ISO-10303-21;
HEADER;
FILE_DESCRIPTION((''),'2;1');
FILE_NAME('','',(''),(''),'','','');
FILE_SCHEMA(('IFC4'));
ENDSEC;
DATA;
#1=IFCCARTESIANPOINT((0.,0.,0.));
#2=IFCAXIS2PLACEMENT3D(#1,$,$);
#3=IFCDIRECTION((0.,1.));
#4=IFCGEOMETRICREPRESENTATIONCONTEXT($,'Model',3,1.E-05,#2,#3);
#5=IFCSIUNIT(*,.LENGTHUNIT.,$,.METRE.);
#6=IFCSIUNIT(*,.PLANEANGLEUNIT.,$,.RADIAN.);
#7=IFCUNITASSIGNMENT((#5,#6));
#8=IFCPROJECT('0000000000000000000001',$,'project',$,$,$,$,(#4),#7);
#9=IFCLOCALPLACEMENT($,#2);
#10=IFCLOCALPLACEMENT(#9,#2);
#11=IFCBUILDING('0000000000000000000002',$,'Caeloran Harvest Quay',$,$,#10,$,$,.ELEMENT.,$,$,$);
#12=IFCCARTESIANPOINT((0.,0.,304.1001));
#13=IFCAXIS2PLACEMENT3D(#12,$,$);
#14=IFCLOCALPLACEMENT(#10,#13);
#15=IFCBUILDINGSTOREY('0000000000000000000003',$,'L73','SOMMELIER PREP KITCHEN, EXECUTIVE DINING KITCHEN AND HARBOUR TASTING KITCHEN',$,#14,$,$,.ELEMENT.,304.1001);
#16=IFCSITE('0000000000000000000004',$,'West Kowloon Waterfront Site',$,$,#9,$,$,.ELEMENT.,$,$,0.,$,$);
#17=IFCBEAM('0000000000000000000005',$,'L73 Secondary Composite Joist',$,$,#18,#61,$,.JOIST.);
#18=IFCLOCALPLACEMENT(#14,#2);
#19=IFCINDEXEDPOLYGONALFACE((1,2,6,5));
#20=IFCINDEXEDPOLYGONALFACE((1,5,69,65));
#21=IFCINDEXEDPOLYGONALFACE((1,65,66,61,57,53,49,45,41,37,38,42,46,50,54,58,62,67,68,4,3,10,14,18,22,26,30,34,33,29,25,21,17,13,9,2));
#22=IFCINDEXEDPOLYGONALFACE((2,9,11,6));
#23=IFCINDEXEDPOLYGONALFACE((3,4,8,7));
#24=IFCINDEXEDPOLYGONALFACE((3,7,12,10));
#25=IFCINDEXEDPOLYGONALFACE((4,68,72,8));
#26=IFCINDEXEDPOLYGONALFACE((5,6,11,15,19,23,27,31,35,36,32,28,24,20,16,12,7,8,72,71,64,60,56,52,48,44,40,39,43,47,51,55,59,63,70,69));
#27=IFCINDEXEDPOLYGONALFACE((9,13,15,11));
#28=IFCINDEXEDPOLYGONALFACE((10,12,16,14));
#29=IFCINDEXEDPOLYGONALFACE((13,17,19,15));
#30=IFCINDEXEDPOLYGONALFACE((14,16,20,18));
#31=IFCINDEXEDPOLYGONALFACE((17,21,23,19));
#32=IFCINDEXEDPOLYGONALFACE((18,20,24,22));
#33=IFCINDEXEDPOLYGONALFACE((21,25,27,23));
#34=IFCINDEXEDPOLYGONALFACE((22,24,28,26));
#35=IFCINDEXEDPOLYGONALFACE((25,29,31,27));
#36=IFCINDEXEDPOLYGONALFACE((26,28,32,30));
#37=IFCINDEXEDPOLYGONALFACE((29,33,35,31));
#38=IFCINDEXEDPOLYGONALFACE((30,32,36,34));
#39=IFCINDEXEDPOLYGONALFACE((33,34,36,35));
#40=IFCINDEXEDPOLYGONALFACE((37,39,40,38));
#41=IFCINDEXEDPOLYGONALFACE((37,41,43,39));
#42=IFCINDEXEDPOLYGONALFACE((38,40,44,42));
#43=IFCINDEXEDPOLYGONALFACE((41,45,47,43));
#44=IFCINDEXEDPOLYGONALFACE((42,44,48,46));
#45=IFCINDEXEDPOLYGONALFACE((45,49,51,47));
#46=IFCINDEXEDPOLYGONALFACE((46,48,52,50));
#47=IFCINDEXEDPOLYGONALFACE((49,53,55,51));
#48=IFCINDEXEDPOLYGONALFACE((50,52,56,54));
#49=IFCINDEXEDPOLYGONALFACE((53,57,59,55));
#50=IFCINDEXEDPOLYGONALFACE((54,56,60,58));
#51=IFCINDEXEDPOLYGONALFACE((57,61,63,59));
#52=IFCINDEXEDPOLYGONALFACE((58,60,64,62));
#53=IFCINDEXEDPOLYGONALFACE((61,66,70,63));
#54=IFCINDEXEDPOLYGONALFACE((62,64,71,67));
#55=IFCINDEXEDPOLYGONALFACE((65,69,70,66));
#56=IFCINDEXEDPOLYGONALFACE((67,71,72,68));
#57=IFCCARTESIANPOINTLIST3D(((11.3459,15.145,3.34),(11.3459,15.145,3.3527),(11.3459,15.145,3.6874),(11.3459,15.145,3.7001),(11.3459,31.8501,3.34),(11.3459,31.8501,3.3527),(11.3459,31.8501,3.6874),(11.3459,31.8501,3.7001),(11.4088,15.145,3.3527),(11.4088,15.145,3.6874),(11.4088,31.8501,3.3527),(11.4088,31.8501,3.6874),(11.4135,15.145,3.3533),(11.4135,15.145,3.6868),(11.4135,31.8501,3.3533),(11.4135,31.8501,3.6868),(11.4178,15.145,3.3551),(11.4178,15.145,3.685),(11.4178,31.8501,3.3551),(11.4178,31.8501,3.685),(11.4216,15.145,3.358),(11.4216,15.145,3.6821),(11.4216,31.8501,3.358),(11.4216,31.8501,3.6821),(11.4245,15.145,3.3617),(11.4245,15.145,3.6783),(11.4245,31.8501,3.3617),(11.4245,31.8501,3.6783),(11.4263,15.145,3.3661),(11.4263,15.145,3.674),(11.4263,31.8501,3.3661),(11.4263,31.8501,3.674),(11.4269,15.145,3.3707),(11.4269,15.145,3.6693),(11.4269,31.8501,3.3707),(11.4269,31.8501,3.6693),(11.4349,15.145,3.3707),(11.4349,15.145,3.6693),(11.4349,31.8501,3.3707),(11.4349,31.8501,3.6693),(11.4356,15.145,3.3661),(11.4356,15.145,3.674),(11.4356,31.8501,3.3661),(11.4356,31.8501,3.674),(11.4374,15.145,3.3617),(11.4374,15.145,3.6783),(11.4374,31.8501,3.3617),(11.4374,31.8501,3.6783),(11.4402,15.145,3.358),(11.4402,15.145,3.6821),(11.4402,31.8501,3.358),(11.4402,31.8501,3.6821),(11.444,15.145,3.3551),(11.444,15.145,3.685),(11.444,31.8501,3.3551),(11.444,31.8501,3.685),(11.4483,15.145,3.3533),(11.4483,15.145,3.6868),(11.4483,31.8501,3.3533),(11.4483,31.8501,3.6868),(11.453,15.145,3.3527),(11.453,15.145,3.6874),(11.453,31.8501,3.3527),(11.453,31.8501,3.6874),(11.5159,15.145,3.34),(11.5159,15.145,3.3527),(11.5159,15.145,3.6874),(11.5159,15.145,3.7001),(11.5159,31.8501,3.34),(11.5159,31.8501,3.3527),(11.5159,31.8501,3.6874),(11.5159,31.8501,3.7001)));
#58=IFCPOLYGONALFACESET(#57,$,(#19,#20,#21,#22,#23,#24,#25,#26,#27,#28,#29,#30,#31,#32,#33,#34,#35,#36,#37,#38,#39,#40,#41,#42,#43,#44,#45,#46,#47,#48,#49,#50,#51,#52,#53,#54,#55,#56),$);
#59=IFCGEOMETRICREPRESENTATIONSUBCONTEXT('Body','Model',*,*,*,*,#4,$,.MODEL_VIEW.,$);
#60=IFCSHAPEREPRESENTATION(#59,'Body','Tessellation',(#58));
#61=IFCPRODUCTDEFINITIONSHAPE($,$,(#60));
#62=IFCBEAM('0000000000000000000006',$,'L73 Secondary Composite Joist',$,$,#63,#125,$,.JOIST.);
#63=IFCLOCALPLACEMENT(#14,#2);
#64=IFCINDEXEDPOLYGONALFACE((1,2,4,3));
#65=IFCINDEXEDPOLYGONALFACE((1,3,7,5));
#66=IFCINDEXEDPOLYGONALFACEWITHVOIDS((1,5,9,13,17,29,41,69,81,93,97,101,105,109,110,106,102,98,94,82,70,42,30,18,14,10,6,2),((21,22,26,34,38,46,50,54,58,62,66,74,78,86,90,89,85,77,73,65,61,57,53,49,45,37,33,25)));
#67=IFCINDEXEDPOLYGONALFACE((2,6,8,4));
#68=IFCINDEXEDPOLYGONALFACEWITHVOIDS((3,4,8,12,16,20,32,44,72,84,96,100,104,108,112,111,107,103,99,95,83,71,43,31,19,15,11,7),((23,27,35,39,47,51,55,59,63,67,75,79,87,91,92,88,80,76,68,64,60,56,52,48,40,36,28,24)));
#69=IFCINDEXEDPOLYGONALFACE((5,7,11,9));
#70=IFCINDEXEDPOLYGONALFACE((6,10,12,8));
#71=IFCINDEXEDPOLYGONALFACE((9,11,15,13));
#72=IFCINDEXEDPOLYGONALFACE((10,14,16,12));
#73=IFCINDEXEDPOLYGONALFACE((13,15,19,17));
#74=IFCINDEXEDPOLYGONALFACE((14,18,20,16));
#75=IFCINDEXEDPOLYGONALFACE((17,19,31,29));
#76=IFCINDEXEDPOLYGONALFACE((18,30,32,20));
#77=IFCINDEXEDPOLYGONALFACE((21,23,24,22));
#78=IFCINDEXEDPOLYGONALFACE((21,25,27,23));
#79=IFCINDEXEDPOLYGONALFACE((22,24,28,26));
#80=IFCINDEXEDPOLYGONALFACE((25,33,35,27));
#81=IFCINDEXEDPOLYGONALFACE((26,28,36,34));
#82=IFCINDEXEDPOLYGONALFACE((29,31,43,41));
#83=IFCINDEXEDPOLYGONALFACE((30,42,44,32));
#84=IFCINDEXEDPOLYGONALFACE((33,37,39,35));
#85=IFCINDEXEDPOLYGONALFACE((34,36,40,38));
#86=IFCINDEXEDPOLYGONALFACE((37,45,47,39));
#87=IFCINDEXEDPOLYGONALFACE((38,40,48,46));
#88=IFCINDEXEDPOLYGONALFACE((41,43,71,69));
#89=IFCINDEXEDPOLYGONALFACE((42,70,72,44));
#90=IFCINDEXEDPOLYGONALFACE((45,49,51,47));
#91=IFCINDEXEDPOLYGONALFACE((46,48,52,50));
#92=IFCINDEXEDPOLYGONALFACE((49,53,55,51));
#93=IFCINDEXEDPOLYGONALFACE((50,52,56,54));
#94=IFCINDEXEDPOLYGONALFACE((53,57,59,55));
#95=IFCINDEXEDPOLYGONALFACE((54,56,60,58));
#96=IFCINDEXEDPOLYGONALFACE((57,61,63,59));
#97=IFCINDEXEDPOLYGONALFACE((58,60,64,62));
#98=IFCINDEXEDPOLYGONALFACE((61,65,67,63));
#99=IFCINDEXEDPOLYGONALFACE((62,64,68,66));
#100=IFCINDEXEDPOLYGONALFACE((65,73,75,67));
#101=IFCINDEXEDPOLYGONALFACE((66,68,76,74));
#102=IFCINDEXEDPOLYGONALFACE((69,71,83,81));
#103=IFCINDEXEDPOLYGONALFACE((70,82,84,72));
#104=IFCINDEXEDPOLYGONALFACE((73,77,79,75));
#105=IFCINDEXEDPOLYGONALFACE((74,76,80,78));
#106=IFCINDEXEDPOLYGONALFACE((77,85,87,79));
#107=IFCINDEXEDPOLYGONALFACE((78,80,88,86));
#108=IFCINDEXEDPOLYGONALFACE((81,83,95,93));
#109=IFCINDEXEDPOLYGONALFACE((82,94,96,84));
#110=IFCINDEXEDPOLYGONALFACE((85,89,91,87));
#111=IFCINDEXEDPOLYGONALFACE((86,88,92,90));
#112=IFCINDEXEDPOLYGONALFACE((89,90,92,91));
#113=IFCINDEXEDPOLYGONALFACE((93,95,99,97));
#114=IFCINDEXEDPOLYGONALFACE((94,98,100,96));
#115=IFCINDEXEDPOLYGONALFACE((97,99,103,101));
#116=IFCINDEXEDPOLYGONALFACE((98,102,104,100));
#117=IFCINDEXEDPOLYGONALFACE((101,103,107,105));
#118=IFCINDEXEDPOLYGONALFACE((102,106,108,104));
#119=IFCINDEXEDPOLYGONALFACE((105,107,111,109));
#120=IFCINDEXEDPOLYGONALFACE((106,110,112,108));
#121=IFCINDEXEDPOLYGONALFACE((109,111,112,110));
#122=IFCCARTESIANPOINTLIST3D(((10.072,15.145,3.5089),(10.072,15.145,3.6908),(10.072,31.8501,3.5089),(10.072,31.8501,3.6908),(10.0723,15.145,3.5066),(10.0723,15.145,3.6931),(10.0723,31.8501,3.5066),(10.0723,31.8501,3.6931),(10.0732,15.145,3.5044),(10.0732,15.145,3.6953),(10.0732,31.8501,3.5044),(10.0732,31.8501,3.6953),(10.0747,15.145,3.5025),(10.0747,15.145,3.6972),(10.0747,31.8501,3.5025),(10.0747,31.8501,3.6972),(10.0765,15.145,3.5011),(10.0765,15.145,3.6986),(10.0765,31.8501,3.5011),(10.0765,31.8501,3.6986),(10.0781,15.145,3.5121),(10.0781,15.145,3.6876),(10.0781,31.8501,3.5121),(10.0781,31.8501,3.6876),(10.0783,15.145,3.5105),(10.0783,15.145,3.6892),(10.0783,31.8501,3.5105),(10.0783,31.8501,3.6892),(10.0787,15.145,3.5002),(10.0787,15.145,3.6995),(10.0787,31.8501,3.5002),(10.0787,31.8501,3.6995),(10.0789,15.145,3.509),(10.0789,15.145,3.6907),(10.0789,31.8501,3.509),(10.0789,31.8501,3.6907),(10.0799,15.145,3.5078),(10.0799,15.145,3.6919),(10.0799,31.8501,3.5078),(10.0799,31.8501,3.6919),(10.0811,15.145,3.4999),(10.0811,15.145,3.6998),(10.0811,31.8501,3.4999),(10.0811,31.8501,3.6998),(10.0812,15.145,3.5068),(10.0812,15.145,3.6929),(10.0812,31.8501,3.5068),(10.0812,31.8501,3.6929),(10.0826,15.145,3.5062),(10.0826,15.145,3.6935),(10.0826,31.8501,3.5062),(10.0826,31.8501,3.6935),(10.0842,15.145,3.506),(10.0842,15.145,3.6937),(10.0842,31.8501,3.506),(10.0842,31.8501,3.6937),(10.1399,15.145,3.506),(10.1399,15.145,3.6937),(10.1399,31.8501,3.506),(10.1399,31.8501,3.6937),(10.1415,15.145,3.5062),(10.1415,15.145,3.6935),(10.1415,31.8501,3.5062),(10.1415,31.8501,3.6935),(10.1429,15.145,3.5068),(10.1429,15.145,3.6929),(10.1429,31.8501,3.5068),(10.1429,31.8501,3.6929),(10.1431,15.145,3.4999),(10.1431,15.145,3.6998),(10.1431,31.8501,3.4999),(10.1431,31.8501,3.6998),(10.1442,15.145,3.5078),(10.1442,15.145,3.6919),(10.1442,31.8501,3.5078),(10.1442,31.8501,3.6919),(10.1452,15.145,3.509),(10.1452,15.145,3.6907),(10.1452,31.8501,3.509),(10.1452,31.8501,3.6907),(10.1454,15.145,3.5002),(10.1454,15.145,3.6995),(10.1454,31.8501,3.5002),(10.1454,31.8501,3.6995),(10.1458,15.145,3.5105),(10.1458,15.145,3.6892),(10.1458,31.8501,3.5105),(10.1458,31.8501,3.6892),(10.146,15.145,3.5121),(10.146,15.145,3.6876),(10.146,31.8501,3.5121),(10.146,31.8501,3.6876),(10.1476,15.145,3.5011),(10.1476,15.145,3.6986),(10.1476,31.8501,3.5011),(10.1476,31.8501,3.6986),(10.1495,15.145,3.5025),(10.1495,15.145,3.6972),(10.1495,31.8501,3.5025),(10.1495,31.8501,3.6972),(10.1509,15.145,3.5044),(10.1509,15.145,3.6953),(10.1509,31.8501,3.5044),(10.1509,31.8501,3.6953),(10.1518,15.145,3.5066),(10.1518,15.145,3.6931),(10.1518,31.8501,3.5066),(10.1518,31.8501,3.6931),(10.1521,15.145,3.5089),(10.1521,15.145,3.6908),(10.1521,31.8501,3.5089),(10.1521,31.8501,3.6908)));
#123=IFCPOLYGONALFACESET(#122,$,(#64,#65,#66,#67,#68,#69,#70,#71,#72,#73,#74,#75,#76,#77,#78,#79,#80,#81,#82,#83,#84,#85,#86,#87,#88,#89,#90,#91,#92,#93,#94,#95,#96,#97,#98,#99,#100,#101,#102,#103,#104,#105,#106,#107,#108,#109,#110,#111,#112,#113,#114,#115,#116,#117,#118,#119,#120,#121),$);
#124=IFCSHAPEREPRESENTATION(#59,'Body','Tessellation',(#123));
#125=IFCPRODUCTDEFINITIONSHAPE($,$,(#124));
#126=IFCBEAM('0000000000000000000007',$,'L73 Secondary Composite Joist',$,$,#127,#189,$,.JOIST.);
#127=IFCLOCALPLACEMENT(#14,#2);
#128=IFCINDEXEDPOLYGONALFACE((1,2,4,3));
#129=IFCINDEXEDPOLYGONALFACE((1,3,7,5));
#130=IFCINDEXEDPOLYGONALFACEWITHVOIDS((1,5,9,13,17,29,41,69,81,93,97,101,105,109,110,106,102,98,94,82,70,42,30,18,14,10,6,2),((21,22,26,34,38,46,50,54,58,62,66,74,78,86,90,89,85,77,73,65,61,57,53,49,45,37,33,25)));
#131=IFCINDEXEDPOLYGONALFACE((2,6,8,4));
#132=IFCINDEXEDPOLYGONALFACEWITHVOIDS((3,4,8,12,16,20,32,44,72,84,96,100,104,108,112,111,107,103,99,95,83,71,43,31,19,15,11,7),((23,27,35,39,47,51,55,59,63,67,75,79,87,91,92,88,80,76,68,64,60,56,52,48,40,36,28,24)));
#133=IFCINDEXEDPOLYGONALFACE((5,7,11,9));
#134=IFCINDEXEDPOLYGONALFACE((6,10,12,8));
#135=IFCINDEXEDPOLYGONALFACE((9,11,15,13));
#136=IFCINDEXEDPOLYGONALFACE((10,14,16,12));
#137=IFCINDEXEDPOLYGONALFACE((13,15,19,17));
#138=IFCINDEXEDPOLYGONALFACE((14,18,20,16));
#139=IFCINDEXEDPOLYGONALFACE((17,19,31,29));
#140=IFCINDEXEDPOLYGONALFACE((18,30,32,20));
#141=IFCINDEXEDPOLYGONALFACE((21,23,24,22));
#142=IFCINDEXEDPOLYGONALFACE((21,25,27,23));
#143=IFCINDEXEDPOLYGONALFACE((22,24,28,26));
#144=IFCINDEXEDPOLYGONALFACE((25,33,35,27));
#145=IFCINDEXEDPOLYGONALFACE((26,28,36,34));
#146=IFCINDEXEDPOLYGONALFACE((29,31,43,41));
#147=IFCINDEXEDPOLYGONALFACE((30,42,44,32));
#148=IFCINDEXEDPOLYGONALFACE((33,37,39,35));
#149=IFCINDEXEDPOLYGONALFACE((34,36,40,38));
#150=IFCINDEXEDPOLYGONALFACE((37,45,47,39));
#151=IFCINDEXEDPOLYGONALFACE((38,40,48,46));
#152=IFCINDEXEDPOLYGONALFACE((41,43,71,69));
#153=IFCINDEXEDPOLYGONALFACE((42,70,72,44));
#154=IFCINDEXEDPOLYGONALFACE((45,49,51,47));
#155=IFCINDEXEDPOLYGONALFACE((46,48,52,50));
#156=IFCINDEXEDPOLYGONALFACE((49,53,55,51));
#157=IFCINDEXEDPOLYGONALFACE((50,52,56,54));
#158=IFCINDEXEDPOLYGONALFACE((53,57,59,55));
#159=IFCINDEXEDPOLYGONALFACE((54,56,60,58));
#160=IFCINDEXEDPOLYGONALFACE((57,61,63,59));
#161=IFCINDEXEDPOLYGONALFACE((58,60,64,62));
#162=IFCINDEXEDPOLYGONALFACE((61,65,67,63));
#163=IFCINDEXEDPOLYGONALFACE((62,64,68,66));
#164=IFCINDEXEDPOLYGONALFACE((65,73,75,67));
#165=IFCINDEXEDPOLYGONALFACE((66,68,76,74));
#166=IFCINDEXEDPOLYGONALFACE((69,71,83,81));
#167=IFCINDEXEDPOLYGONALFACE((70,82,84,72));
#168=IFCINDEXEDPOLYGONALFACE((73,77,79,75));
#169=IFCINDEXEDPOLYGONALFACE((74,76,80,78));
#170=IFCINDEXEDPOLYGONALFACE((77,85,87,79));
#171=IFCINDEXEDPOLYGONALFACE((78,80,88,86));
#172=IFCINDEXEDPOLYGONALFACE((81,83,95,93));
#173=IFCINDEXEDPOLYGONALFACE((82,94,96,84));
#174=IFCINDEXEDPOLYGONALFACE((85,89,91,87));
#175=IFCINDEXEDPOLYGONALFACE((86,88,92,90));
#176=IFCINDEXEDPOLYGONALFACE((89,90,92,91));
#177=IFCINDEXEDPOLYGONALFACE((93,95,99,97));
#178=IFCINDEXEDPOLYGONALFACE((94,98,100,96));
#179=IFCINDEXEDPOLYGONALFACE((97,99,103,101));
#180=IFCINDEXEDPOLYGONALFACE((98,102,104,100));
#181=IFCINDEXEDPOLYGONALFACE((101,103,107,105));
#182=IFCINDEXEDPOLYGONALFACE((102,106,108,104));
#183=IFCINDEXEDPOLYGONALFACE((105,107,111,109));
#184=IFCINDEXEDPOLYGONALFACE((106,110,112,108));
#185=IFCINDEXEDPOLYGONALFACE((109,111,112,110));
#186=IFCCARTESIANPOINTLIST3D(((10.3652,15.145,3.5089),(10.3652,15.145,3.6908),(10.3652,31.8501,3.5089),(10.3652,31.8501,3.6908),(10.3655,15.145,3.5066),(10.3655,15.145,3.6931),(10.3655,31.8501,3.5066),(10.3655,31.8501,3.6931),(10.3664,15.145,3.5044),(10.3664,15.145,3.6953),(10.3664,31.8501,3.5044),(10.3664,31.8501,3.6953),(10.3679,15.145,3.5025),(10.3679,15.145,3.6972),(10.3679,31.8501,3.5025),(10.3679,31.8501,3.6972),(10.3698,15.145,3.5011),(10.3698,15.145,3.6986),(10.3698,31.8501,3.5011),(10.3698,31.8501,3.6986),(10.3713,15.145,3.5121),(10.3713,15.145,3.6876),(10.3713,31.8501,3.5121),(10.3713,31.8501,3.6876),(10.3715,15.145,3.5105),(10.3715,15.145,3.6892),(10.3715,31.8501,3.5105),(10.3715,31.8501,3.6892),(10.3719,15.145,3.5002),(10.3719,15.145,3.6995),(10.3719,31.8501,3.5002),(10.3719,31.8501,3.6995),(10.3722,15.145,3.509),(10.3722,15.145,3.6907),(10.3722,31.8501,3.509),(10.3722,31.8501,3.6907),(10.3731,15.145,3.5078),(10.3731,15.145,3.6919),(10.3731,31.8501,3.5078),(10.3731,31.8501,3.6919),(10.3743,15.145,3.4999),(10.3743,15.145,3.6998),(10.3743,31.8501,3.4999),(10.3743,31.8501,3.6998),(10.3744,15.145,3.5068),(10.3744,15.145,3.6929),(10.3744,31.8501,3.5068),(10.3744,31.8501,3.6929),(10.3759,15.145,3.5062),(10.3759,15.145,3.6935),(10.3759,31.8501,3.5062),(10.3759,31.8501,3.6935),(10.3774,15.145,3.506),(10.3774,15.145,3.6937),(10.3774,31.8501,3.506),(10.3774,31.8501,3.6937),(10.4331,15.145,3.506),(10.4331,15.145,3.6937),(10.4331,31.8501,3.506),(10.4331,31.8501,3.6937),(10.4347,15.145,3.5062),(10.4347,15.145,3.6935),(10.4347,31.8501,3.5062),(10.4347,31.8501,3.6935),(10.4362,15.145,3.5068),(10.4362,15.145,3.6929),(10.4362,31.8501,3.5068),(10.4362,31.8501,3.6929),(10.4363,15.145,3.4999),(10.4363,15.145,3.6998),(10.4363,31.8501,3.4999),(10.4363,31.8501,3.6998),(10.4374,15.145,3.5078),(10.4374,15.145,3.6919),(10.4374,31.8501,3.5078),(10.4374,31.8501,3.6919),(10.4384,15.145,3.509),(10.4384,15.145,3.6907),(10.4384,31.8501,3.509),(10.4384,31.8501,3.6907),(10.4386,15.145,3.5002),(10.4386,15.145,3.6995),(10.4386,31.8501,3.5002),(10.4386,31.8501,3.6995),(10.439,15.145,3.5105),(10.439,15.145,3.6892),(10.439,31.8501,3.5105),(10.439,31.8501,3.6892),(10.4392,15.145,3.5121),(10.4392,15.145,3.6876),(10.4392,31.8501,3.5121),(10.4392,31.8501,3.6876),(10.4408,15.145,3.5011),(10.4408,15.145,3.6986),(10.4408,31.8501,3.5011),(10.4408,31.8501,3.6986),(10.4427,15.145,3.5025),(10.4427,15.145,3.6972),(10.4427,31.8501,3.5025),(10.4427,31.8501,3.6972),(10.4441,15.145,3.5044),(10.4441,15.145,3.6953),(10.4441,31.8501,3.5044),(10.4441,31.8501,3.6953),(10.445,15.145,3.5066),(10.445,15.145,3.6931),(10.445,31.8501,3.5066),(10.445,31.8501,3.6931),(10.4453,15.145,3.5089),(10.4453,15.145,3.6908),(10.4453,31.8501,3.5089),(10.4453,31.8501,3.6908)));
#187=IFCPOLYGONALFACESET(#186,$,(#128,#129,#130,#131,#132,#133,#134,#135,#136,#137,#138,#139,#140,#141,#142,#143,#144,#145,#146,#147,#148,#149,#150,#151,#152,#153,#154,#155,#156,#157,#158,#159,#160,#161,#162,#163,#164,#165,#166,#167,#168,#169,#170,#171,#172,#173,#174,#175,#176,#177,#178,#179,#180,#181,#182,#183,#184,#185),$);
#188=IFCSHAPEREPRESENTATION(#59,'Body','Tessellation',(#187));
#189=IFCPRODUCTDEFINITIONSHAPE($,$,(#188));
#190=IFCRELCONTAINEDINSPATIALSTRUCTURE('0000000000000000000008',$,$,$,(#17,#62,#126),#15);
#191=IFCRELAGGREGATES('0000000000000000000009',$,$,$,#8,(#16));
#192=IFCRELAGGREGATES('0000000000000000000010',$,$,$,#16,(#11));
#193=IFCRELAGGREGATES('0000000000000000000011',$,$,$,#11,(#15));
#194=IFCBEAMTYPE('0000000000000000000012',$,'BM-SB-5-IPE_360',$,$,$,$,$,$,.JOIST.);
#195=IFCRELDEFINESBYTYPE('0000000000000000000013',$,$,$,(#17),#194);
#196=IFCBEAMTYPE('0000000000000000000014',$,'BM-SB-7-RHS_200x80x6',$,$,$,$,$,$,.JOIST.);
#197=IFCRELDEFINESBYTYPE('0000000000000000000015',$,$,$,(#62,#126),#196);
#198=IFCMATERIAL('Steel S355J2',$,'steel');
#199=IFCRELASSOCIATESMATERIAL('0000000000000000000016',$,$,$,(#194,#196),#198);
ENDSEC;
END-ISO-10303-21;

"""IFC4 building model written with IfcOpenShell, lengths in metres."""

from ifc_helpers import new_model, si_unit, direction, frame, origin, origin_2d, place, context, subcontext, project, spatial, hollow_rectangle, i_section, extrude, material, material_profile, profile_set, type_object, element, save


model = new_model("IFC4")

# Units and contexts
model_context = context("Model", 3, precision=1e-05, world=origin(), true_north=direction((0.0, 1.0)))
body_context = subcontext(model_context, "Body", "Model", "MODEL_VIEW")
ifc_project = project(units=[si_unit("LENGTHUNIT", "METRE"), si_unit("PLANEANGLEUNIT", "RADIAN")], contexts=[model_context])

# Site, building, storey
site_placement = place(None, origin())
site = spatial("IfcSite", under=ifc_project, at=site_placement, Name="West Kowloon Waterfront Site", CompositionType="ELEMENT", RefElevation=0.0)
building_placement = place(site_placement, origin())
building = spatial("IfcBuilding", under=site, at=building_placement, Name="Caeloran Harvest Quay", CompositionType="ELEMENT")
storey_placement = place(building_placement, frame((0.0, 0.0, 304.1001)))
storey = spatial("IfcBuildingStorey", under=building, at=storey_placement, Name="L73", Description="SOMMELIER PREP KITCHEN, EXECUTIVE DINING KITCHEN AND HARBOUR TASTING KITCHEN", CompositionType="ELEMENT", Elevation=304.1001)

# Beams
ifc_material_1 = material(Name="Steel S355J2", Category="steel")
ifc_material_profile_1 = material_profile(ifc_material_1, i_section(OverallWidth=0.1699, OverallDepth=0.3601, WebThickness=0.0081, FlangeThickness=0.0127, FilletRadius=0.0181, at=origin_2d()), Name="IPE 360")
ifc_profile_set_1 = profile_set([ifc_material_profile_1], Name="Steel S355J2")
beam_type_1 = type_object("IfcBeamType", Name="BM-SB-5-IPE_360", PredefinedType="JOIST", material=ifc_profile_set_1)
for number, where, z_axis, x_axis, name in (
    (1, (11.4309, 15.145, 3.52), (0.0, 1.0, 0.0), (-1.0, 0.0, 0.0), "L73 Secondary Composite Joist"),
):
    element("IfcBeam", number, at=place(storey_placement, frame(where, z_axis=z_axis, x_axis=x_axis)), inside=storey, type_object=beam_type_1, Name=name, PredefinedType="JOIST", context=body_context, shape_type="SweptSolid", body=[
        extrude(i_section(OverallWidth=0.1699, OverallDepth=0.3601, WebThickness=0.0081, FlangeThickness=0.0127, FilletRadius=0.0181, at=origin_2d()), origin(), (0.0, 0.0, 1.0), 16.7051),
    ])
ifc_material_profile_2 = material_profile(ifc_material_1, hollow_rectangle(XDim=0.0801, YDim=0.2, WallThickness=0.0061, InnerFilletRadius=0.0061, OuterFilletRadius=0.009, at=origin_2d()), Name="RHS 200x80x6")
ifc_profile_set_2 = profile_set([ifc_material_profile_2], Name="Steel S355J2")
beam_type_2 = type_object("IfcBeamType", Name="BM-SB-7-RHS_200x80x6", PredefinedType="JOIST", material=ifc_profile_set_2)
for number, where, z_axis, x_axis, name in (
    (2, (10.1121, 15.145, 3.5999), (0.0, 1.0, 0.0), (-1.0, 0.0, 0.0), "L73 Secondary Composite Joist"),
    (3, (10.4053, 15.145, 3.5999), (0.0, 1.0, 0.0), (-1.0, 0.0, 0.0), "L73 Secondary Composite Joist"),
):
    element("IfcBeam", number, at=place(storey_placement, frame(where, z_axis=z_axis, x_axis=x_axis)), inside=storey, type_object=beam_type_2, Name=name, PredefinedType="JOIST", context=body_context, shape_type="SweptSolid", body=[
        extrude(hollow_rectangle(XDim=0.0801, YDim=0.2, WallThickness=0.0061, InnerFilletRadius=0.0061, OuterFilletRadius=0.009, at=origin_2d()), origin(), (0.0, 0.0, 1.0), 16.7051),
    ])

save(model, "model.ifc")
